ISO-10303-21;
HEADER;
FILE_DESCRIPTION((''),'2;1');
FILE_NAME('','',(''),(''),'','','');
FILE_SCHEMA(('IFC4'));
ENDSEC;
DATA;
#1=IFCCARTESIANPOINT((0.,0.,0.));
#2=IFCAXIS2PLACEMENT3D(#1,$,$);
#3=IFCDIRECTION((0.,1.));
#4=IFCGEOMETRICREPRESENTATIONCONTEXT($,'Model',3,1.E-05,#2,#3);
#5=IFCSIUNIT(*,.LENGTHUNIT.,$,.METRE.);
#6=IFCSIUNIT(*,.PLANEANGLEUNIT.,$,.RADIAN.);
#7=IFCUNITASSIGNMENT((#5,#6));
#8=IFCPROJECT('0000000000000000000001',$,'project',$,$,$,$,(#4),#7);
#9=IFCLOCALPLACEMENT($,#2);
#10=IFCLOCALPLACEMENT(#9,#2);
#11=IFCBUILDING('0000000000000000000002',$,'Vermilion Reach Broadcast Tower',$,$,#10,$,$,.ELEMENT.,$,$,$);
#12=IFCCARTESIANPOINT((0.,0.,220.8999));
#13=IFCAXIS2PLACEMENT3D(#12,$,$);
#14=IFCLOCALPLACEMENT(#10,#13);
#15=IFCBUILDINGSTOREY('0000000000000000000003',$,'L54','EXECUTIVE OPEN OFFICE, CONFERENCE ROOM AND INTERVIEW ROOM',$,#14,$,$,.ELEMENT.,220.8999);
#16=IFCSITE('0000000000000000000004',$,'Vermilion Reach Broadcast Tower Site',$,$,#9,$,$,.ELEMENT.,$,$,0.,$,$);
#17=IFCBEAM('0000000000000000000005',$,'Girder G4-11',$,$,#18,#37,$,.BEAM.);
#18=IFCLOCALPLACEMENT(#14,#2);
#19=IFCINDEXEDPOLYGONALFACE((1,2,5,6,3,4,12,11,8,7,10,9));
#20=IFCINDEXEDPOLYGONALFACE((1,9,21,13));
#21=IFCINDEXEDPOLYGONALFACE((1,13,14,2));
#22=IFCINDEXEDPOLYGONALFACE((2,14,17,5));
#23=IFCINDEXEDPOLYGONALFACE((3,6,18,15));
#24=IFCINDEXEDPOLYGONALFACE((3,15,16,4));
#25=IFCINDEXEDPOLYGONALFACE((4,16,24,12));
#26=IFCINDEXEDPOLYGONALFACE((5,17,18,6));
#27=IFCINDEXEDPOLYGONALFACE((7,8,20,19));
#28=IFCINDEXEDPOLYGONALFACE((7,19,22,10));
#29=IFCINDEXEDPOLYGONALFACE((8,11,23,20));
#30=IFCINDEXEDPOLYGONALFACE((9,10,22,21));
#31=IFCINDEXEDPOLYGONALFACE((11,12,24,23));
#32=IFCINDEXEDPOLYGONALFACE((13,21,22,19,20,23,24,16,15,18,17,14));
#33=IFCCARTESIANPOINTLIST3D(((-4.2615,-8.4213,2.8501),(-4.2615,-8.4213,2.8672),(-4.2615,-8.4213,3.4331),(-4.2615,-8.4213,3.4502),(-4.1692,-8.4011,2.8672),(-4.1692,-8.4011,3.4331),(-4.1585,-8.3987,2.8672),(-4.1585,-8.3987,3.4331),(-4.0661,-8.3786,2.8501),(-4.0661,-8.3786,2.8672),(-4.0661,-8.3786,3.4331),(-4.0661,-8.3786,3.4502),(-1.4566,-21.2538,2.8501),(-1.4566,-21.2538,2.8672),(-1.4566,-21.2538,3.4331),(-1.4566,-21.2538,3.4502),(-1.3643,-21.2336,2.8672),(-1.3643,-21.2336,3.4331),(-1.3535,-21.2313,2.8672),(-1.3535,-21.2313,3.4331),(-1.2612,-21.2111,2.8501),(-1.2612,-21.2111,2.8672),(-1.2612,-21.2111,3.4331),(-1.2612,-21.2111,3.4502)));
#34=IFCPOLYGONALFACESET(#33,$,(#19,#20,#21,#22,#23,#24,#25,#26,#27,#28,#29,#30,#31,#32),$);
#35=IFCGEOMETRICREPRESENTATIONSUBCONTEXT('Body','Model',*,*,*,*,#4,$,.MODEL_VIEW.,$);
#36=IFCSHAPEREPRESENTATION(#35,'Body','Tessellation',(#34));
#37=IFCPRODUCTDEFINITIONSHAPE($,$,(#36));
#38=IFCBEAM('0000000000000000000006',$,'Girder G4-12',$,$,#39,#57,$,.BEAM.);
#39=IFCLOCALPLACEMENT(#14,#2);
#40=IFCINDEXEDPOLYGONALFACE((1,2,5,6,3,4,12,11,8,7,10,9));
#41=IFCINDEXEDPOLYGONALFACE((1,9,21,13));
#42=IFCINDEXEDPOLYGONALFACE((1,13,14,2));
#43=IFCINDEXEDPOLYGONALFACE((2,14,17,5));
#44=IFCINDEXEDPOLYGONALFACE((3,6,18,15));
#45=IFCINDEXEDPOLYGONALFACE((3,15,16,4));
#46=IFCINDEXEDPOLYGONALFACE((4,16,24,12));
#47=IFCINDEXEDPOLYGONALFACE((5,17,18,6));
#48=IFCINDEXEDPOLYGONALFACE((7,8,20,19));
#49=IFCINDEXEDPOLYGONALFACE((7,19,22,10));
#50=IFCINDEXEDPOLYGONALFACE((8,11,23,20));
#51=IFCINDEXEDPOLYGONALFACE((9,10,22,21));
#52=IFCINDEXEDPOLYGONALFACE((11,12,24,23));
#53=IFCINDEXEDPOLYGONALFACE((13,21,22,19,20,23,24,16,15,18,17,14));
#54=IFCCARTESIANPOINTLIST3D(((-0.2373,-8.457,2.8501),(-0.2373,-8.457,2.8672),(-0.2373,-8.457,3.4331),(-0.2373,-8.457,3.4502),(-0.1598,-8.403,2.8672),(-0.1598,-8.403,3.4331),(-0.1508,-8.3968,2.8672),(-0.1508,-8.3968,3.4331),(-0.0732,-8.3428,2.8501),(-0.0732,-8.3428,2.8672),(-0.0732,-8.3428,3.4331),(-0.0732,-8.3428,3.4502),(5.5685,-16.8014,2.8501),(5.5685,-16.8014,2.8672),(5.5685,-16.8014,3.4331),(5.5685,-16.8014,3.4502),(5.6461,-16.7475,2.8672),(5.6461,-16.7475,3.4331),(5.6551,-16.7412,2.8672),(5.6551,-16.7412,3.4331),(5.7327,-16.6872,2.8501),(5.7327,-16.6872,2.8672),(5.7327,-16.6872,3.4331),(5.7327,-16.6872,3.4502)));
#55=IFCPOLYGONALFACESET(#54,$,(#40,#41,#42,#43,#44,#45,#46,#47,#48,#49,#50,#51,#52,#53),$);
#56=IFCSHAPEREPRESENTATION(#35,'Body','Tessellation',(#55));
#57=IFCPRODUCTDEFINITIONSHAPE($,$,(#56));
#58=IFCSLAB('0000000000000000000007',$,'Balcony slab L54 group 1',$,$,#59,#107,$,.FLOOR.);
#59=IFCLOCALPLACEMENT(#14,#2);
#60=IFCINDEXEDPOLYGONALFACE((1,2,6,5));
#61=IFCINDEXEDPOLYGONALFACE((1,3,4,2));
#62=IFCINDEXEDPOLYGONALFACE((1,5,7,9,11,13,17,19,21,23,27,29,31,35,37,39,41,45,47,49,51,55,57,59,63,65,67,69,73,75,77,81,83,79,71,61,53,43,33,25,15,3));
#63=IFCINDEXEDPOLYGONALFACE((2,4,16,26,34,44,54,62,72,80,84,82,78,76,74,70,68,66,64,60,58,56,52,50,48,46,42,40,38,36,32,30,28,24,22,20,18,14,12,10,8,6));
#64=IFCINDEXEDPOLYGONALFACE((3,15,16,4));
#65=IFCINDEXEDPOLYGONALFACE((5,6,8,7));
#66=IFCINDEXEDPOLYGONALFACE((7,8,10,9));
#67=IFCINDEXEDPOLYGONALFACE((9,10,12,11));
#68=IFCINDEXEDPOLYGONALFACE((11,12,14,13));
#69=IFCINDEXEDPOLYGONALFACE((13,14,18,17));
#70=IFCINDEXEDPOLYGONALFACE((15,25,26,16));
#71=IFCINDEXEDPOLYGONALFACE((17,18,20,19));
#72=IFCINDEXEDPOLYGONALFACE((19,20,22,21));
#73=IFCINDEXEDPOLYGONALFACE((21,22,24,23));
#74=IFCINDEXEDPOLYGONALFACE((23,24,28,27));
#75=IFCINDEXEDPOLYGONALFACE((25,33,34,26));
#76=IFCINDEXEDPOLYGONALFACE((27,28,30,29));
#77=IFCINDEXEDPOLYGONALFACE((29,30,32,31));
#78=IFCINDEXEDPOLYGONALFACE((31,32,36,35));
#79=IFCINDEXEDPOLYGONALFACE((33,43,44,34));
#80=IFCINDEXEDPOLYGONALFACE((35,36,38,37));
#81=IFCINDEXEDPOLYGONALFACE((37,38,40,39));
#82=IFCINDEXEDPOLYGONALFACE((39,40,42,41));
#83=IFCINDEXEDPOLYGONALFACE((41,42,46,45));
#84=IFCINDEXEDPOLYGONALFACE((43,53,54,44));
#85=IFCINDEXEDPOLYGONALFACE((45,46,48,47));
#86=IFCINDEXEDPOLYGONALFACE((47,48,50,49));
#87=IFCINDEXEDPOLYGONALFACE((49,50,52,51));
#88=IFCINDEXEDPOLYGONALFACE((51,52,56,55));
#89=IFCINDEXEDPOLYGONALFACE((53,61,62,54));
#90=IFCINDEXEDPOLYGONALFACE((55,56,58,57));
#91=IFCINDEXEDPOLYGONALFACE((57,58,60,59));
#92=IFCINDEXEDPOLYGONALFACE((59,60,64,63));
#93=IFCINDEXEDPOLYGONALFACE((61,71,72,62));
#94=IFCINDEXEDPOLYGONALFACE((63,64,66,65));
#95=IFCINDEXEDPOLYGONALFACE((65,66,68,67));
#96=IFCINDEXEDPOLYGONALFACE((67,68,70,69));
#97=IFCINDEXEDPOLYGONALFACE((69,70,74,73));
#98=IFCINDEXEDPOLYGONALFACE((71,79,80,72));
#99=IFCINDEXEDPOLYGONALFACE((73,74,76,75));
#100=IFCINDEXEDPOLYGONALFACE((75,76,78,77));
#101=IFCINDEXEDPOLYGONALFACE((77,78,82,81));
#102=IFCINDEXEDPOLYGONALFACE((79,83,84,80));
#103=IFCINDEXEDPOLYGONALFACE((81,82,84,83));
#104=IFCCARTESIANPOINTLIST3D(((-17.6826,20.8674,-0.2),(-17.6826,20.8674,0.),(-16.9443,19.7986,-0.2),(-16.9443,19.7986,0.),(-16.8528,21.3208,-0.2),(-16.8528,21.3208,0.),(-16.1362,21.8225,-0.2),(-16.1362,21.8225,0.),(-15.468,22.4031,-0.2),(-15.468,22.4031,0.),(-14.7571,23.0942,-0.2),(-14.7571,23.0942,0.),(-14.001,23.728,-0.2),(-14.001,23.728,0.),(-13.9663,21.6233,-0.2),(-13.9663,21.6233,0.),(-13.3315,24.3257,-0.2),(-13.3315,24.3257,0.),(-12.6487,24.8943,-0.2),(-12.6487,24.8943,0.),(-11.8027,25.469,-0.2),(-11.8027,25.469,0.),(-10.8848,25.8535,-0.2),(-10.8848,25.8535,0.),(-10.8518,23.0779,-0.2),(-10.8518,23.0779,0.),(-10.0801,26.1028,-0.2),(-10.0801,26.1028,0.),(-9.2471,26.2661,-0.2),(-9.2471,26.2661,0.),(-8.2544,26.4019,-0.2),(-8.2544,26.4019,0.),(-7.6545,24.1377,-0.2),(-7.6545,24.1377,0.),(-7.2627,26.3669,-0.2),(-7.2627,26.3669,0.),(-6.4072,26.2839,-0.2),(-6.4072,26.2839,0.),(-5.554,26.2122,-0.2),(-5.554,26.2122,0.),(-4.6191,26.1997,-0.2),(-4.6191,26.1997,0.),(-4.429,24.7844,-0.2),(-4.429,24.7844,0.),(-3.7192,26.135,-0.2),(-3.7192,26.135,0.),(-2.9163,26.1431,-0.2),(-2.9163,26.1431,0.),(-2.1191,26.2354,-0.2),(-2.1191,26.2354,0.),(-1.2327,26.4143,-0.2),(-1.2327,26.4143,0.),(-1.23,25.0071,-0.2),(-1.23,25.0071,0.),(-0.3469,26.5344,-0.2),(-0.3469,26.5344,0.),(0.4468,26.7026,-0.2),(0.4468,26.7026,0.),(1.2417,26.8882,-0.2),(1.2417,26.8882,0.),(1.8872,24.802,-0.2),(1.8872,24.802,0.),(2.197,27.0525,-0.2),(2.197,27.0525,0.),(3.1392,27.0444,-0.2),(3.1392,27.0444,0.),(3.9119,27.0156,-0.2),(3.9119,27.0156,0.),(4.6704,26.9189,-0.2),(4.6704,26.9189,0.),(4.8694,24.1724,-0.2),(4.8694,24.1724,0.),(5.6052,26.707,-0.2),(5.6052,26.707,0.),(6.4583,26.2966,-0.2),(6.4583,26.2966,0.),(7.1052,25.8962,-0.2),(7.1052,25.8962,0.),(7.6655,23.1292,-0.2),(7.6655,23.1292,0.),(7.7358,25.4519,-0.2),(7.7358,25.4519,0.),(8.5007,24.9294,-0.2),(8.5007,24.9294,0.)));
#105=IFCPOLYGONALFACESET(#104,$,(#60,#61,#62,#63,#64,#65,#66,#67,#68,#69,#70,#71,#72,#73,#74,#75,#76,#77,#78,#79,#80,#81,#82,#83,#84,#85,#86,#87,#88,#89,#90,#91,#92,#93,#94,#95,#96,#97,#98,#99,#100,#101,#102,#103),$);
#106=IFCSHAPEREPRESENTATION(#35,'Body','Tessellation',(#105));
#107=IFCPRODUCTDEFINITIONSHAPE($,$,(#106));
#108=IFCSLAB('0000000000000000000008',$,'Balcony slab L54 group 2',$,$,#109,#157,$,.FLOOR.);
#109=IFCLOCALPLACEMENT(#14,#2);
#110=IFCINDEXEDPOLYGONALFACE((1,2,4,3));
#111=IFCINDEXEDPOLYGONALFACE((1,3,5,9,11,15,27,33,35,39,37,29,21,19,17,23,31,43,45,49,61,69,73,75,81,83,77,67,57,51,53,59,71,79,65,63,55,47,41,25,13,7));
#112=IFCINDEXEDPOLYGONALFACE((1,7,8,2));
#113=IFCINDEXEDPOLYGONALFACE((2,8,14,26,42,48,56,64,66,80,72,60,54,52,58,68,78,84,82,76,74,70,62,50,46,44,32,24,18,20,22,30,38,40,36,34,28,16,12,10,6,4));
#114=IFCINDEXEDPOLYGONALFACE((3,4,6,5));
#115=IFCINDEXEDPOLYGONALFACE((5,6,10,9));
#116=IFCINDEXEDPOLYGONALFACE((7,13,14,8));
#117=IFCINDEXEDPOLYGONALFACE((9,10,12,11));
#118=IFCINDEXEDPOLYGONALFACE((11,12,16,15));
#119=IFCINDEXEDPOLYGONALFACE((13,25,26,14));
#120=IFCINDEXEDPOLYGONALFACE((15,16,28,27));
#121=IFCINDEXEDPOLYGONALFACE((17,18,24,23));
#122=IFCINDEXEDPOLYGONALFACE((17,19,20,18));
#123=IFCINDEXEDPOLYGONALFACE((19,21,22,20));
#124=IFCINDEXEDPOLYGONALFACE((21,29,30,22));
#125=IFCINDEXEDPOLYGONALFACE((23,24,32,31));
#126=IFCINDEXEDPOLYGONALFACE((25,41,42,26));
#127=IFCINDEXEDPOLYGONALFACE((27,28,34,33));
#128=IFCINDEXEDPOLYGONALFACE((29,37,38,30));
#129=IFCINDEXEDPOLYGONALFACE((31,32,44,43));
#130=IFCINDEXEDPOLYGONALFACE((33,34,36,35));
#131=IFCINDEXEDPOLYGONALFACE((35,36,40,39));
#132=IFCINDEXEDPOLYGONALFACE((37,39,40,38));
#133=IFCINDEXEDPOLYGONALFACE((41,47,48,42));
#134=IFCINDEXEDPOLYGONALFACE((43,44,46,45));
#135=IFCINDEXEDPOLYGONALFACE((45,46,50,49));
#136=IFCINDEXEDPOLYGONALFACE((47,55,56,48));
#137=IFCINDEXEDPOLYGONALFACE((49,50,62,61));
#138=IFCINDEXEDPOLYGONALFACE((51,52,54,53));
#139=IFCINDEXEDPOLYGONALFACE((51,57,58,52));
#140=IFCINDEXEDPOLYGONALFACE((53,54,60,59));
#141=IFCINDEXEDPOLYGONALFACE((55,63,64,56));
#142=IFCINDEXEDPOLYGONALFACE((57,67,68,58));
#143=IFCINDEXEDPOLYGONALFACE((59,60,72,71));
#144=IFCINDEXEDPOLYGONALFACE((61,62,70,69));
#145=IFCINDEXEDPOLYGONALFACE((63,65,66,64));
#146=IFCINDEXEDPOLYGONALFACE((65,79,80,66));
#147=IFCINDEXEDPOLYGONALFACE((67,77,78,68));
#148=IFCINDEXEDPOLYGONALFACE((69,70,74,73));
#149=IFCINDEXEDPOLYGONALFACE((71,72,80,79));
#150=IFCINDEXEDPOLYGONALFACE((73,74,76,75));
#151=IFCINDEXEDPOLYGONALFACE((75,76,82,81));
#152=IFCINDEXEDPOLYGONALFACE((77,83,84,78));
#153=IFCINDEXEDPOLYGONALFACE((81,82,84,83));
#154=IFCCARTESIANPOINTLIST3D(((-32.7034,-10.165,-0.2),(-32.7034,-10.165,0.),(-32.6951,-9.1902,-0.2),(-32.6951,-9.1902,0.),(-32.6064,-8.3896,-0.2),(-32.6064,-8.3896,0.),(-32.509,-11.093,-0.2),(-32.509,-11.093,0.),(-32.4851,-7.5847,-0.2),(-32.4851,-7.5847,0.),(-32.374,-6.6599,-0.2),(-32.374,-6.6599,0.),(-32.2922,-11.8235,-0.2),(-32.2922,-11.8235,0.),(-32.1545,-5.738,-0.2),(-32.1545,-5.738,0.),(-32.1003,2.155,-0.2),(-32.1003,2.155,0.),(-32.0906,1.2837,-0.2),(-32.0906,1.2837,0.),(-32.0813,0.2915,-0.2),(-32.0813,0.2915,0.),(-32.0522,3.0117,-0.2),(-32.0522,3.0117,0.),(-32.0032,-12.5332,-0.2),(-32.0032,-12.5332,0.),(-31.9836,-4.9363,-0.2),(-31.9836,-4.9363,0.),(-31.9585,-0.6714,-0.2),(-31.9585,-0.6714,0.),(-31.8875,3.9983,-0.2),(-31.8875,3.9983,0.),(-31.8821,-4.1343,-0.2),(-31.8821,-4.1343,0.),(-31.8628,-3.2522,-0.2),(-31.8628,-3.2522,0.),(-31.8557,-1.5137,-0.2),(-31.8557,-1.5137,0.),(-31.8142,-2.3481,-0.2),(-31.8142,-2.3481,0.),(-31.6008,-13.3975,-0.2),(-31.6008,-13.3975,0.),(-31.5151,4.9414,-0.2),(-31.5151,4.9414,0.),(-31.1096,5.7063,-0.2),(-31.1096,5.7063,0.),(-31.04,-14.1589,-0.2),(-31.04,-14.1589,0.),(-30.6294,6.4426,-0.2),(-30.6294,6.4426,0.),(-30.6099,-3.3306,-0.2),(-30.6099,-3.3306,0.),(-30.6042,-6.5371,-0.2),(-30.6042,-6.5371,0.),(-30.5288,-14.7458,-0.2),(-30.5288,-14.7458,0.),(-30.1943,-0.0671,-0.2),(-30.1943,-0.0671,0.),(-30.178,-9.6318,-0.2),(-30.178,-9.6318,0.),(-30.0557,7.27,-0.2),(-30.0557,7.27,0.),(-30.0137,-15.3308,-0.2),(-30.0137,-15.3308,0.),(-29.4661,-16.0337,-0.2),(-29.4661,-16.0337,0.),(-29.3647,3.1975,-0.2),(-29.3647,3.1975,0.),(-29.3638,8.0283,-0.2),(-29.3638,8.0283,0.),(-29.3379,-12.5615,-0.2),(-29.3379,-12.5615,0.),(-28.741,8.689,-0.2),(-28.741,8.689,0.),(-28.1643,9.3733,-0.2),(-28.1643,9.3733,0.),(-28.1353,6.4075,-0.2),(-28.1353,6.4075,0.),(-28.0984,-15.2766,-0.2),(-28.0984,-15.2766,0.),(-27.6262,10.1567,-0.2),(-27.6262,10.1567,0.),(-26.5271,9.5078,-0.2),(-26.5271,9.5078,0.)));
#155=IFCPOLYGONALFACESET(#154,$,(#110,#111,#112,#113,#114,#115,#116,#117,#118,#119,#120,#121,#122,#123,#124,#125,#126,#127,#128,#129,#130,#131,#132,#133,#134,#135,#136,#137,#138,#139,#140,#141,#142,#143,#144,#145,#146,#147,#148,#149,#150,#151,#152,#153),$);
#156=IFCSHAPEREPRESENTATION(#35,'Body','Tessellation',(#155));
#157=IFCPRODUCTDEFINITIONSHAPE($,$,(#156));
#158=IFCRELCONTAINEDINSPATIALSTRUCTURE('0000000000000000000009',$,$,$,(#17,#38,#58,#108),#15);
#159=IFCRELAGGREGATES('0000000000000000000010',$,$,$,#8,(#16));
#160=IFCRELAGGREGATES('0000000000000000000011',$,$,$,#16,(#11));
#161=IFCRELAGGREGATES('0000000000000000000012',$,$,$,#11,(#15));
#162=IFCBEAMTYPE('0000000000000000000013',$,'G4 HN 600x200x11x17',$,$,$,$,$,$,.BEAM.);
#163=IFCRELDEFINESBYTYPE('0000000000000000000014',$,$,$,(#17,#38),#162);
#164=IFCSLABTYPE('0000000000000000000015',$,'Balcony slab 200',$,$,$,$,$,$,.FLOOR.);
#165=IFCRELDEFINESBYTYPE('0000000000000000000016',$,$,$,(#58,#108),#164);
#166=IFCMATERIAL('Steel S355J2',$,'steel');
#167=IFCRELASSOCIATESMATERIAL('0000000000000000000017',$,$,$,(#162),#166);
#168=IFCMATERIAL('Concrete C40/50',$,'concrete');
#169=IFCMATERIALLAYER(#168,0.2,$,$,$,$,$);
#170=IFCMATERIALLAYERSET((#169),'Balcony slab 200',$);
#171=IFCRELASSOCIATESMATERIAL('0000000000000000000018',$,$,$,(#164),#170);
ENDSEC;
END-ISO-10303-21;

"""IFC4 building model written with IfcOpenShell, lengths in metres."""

from ifc_helpers import new_model, si_unit, direction, frame, origin, origin_2d, place, context, subcontext, project, spatial, polyline, i_section, outline, extrude, material, layer, layer_set, material_profile, profile_set, type_object, element, save


model = new_model("IFC4")

# Units and contexts
model_context = context("Model", 3, precision=1e-05, world=origin(), true_north=direction((0.0, 1.0)))
body_context = subcontext(model_context, "Body", "Model", "MODEL_VIEW")
ifc_project = project(units=[si_unit("LENGTHUNIT", "METRE"), si_unit("PLANEANGLEUNIT", "RADIAN")], contexts=[model_context])

# Site, building, storey
site_placement = place(None, origin())
site = spatial("IfcSite", under=ifc_project, at=site_placement, Name="Vermilion Reach Broadcast Tower Site", CompositionType="ELEMENT", RefElevation=0.0)
building_placement = place(site_placement, origin())
building = spatial("IfcBuilding", under=site, at=building_placement, Name="Vermilion Reach Broadcast Tower", CompositionType="ELEMENT")
storey_placement = place(building_placement, frame((0.0, 0.0, 220.8999)))
storey = spatial("IfcBuildingStorey", under=building, at=storey_placement, Name="L54", Description="EXECUTIVE OPEN OFFICE, CONFERENCE ROOM AND INTERVIEW ROOM", CompositionType="ELEMENT", Elevation=220.8999)

# Beams
ifc_material_1 = material(Name="Steel S355J2", Category="steel")
ifc_material_profile = material_profile(ifc_material_1, i_section(OverallWidth=0.2, OverallDepth=0.6001, WebThickness=0.011, FlangeThickness=0.0171, at=origin_2d()), Name="S355J2 HN 600x200x11x17")
ifc_profile_set = profile_set([ifc_material_profile], Name="Steel S355J2")
beam_type = type_object("IfcBeamType", Name="G4 HN 600x200x11x17", PredefinedType="BEAM", material=ifc_profile_set)
beam_1_placement = place(storey_placement, frame((-4.1638, -8.3999, 3.1501), z_axis=(0.213538, -0.976935, 0.0), x_axis=(0.976935, 0.213538, 0.0)))
element("IfcBeam", 1, at=beam_1_placement, inside=storey, type_object=beam_type, Name="Girder G4-11", PredefinedType="BEAM", context=body_context, shape_type="SweptSolid", body=[
    extrude(i_section(OverallWidth=0.2, OverallDepth=0.6001, WebThickness=0.011, FlangeThickness=0.0171, at=origin_2d()), origin(), (0.0, 0.0, 1.0), 13.1355),
])
beam_2_placement = place(storey_placement, frame((-0.1553, -8.3999, 3.1501), z_axis=(0.571134, -0.820857, 0.0), x_axis=(0.820857, 0.571134, 0.0)))
element("IfcBeam", 2, at=beam_2_placement, inside=storey, type_object=beam_type, Name="Girder G4-12", PredefinedType="BEAM", context=body_context, shape_type="SweptSolid", body=[
    extrude(i_section(OverallWidth=0.2, OverallDepth=0.6001, WebThickness=0.011, FlangeThickness=0.0171, at=origin_2d()), origin(), (0.0, 0.0, 1.0), 10.1655),
])

# Slabs
ifc_material_2 = material(Name="Concrete C40/50", Category="concrete")
ifc_layer_1 = layer(ifc_material_2, 0.2)
ifc_layer_set_1 = layer_set([ifc_layer_1], Name="Balcony slab 200")
slab_type_1 = type_object("IfcSlabType", Name="Balcony slab 200", PredefinedType="FLOOR", material=ifc_layer_set_1)
placement_1 = place(storey_placement, frame((0.0, 0.0, -0.2)))
element("IfcSlab", 3, at=placement_1, inside=storey, type_object=slab_type_1, Name="Balcony slab L54 group 1", PredefinedType="FLOOR", context=body_context, shape_type="SweptSolid", body=[
    extrude(outline(polyline([(7.6655, 23.1292), (4.8694, 24.1724), (1.8872, 24.802), (-1.23, 25.0071), (-4.429, 24.7844), (-7.6545, 24.1377), (-10.8518, 23.0779), (-13.9663, 21.6233), (-16.9443, 19.7986), (-17.6826, 20.8674), (-16.8528, 21.3208), (-16.1362, 21.8225), (-15.468, 22.4031), (-14.7571, 23.0942), (-14.001, 23.728), (-13.3315, 24.3257), (-12.6487, 24.8943), (-11.8027, 25.469), (-10.8848, 25.8535), (-10.0801, 26.1028), (-9.2471, 26.2661), (-8.2544, 26.4019), (-7.2627, 26.3669), (-6.4072, 26.2839), (-5.554, 26.2122), (-4.6191, 26.1997), (-3.7192, 26.135), (-2.9163, 26.1431), (-2.1191, 26.2354), (-1.2327, 26.4143), (-0.3469, 26.5344), (0.4468, 26.7026), (1.2417, 26.8882), (2.197, 27.0525), (3.1392, 27.0444), (3.9119, 27.0156), (4.6704, 26.9189), (5.6052, 26.707), (6.4583, 26.2966), (7.1052, 25.8962), (7.7358, 25.4519), (8.5007, 24.9294), (7.6655, 23.1292)])), origin(), (0.0, 0.0, 1.0), 0.2),
])
element("IfcSlab", 4, at=placement_1, inside=storey, type_object=slab_type_1, Name="Balcony slab L54 group 2", PredefinedType="FLOOR", context=body_context, shape_type="SweptSolid", body=[
    extrude(outline(polyline([(-26.5271, 9.5078), (-28.1353, 6.4075), (-29.3647, 3.1975), (-30.1943, -0.0671), (-30.6099, -3.3306), (-30.6042, -6.5371), (-30.178, -9.6318), (-29.3379, -12.5615), (-28.0984, -15.2766), (-29.4661, -16.0337), (-30.0137, -15.3308), (-30.5288, -14.7458), (-31.04, -14.1589), (-31.6008, -13.3975), (-32.0032, -12.5332), (-32.2922, -11.8235), (-32.509, -11.093), (-32.7034, -10.165), (-32.6951, -9.1902), (-32.6064, -8.3896), (-32.4851, -7.5847), (-32.374, -6.6599), (-32.1545, -5.738), (-31.9836, -4.9363), (-31.8821, -4.1343), (-31.8628, -3.2522), (-31.8142, -2.3481), (-31.8557, -1.5137), (-31.9585, -0.6714), (-32.0813, 0.2915), (-32.0906, 1.2837), (-32.1003, 2.155), (-32.0522, 3.0117), (-31.8875, 3.9983), (-31.5151, 4.9414), (-31.1096, 5.7063), (-30.6294, 6.4426), (-30.0557, 7.27), (-29.3638, 8.0283), (-28.741, 8.689), (-28.1643, 9.3733), (-27.6262, 10.1567), (-26.5271, 9.5078)])), origin(), (0.0, 0.0, 1.0), 0.2),
])

save(model, "model.ifc")
